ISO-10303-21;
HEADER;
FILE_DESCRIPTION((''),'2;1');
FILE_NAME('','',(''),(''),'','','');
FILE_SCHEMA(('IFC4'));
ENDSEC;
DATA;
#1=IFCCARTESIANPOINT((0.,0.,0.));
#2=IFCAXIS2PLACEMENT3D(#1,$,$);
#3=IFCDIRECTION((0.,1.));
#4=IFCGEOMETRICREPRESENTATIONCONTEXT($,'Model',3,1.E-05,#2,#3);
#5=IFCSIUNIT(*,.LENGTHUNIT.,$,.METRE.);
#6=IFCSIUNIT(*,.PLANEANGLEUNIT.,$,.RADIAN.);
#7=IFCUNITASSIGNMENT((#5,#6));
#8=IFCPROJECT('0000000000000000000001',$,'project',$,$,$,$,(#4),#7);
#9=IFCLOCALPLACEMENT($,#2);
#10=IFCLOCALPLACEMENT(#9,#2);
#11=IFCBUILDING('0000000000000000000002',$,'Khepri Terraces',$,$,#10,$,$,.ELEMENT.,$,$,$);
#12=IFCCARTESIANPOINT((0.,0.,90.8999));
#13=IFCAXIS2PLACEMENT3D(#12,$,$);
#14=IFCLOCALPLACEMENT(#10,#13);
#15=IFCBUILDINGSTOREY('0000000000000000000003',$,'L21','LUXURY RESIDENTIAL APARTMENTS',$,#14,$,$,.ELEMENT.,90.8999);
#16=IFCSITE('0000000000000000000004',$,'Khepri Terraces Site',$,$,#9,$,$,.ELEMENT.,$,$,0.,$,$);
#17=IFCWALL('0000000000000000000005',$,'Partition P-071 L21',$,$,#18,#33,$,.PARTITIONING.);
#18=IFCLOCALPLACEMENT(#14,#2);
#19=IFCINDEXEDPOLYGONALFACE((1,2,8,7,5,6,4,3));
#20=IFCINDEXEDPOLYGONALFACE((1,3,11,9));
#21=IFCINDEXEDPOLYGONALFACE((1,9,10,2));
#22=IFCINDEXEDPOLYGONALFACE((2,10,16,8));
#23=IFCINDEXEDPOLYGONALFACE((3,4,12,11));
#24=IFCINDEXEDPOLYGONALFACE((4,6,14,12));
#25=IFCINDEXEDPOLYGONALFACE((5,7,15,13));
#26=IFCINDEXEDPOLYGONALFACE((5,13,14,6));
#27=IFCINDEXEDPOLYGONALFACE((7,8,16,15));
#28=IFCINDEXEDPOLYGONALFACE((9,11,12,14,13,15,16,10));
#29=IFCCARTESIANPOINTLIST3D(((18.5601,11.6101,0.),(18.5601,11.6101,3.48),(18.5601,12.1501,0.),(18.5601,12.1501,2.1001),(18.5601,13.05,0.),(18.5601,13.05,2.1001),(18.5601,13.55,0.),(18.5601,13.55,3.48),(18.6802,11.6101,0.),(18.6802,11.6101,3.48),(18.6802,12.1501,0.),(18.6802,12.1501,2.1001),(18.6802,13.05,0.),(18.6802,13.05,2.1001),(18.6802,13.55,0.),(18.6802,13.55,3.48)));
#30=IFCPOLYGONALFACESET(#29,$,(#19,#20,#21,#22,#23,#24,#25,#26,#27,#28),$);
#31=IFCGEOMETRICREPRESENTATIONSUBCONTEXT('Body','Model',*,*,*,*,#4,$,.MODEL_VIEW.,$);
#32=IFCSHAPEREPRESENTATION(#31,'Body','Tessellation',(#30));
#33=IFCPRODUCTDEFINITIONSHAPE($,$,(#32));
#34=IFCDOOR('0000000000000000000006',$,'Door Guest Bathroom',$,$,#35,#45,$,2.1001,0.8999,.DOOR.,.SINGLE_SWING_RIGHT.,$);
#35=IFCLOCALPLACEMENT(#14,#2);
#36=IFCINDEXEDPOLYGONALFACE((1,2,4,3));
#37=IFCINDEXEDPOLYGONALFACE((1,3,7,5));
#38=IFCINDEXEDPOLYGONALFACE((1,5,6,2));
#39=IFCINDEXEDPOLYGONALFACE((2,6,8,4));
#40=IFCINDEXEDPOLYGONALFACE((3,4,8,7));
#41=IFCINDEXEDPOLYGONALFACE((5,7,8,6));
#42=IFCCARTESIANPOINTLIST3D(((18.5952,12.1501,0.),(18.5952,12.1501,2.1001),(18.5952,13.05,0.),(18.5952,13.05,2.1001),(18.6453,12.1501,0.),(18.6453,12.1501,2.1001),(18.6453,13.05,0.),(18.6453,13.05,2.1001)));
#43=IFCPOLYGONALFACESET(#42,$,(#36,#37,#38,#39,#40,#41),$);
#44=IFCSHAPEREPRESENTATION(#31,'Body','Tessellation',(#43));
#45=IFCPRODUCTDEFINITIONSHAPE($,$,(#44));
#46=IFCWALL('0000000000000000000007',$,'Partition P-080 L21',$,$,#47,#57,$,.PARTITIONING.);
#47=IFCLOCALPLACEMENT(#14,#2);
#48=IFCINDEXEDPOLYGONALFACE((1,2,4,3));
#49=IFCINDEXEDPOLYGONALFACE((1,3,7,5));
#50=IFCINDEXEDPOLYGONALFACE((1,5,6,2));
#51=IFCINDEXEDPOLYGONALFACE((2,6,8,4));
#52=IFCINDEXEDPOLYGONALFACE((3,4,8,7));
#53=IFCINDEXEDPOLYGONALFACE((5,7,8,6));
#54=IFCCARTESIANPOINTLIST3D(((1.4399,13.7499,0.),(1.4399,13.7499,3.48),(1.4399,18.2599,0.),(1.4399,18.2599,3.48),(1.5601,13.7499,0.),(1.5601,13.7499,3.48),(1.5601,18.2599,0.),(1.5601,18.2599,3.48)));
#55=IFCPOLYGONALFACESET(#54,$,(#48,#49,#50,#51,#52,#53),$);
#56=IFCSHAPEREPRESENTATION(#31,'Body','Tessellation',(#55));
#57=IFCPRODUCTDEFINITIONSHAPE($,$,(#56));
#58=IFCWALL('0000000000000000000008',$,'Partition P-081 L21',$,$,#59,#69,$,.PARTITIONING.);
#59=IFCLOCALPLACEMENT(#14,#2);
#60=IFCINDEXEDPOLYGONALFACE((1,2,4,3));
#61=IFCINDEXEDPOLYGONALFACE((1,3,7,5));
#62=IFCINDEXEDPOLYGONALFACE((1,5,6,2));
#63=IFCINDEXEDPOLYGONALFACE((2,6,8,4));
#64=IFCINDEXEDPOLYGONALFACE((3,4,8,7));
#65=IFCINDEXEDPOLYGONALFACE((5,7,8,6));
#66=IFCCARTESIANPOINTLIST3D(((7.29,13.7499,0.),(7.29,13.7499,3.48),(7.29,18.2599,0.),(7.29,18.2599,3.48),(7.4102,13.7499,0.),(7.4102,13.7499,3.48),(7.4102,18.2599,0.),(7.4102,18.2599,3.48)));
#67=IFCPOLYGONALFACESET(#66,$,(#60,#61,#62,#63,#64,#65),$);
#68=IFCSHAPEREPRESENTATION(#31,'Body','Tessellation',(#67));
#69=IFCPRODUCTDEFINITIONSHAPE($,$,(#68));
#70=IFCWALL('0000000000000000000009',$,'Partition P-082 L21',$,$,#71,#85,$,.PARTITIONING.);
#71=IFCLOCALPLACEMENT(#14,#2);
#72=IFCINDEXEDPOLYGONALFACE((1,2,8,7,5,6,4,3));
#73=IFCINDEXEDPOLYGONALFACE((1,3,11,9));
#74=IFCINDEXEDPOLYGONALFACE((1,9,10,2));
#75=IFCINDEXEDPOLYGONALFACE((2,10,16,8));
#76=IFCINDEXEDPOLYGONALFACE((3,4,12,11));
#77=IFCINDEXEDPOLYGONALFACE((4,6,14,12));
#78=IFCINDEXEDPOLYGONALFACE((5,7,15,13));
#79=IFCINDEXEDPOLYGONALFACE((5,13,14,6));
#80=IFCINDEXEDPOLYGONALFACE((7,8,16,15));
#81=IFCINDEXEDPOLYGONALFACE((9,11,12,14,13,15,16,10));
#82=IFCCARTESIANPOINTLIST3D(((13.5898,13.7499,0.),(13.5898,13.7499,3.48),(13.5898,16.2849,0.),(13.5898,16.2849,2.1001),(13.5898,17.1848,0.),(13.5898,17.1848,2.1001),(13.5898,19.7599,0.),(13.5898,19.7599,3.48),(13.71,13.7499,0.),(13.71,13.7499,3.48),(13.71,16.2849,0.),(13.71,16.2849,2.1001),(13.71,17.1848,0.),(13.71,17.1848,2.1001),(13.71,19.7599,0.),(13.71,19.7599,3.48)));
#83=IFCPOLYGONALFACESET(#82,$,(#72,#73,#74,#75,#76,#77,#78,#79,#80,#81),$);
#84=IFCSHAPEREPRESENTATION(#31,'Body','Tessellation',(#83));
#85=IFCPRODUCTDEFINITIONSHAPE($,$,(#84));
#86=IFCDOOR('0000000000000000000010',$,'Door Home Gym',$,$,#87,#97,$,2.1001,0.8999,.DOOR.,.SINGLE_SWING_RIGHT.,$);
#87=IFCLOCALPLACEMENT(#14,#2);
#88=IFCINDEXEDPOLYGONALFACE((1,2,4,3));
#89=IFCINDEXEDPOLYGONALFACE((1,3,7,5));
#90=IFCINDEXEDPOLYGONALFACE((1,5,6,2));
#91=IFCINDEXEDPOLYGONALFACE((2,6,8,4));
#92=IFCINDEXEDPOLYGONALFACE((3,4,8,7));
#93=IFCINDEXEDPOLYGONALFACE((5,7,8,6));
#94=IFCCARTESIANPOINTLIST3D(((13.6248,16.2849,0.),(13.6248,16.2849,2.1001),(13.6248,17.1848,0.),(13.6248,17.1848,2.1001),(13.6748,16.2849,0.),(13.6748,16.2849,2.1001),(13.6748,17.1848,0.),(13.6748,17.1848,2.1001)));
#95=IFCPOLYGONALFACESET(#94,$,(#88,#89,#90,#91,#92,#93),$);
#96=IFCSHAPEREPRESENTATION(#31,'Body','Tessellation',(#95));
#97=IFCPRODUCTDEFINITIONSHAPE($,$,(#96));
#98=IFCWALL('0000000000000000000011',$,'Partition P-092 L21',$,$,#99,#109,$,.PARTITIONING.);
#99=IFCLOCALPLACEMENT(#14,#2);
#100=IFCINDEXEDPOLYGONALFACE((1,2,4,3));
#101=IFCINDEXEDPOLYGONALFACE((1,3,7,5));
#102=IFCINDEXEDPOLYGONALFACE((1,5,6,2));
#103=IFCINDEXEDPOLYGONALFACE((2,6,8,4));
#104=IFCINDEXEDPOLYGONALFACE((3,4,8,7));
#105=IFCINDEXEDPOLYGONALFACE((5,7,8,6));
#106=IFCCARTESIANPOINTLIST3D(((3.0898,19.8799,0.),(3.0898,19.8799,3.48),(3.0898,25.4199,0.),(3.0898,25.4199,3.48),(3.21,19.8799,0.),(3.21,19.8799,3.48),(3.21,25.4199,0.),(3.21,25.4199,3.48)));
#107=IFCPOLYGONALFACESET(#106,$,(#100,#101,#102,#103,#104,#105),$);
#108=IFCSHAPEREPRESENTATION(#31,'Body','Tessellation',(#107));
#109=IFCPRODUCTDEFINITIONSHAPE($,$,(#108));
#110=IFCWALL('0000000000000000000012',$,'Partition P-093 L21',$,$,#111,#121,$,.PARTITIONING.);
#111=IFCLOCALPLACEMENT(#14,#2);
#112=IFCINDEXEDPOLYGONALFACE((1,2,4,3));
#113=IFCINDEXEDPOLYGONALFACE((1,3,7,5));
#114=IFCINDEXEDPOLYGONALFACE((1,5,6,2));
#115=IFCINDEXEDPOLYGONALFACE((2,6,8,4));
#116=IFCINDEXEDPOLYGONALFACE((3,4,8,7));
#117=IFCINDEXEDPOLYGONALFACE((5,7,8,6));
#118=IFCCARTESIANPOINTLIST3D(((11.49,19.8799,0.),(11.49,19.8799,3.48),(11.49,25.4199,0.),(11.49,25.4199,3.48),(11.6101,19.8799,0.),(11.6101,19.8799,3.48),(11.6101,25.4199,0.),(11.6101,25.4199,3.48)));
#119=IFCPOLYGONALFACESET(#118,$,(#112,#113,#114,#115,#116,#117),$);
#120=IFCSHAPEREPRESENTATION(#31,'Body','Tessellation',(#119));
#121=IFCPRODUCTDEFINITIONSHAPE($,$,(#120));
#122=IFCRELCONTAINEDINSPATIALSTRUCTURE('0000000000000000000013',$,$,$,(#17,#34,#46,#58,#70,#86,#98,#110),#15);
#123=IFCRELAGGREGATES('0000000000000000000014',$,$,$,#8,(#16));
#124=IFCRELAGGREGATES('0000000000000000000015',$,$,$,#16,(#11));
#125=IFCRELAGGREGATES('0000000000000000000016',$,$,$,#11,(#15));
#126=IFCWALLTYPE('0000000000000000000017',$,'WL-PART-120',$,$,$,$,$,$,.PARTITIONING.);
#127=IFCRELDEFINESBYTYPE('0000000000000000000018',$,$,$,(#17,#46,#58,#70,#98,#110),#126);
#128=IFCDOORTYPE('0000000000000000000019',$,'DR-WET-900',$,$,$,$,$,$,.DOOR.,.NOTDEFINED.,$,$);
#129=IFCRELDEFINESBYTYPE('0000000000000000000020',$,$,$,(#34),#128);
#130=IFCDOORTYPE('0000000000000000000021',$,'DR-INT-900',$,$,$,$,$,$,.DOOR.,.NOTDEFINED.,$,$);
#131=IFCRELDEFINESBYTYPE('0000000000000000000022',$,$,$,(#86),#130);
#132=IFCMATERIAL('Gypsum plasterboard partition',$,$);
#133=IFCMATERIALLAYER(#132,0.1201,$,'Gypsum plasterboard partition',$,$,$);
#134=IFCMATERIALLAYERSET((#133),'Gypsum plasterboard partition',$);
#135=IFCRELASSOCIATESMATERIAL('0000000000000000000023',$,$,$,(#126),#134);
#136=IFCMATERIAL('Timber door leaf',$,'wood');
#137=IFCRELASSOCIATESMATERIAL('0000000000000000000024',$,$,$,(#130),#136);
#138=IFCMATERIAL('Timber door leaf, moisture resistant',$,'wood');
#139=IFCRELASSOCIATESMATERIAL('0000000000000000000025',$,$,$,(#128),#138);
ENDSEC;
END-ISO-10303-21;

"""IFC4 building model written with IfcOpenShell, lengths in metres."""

from ifc_helpers import new_model, si_unit, direction, frame, frame_2d, origin, place, context, subcontext, project, spatial, rectangle, extrude, material, layer, layer_set, type_object, element, fill, save


model = new_model("IFC4")

# Units and contexts
model_context = context("Model", 3, precision=1e-05, world=origin(), true_north=direction((0.0, 1.0)))
body_context = subcontext(model_context, "Body", "Model", "MODEL_VIEW")
ifc_project = project(units=[si_unit("LENGTHUNIT", "METRE"), si_unit("PLANEANGLEUNIT", "RADIAN")], contexts=[model_context])

# Site, building, storey
site_placement = place(None, origin())
site = spatial("IfcSite", under=ifc_project, at=site_placement, Name="Khepri Terraces Site", CompositionType="ELEMENT", RefElevation=0.0)
building_placement = place(site_placement, origin())
building = spatial("IfcBuilding", under=site, at=building_placement, Name="Khepri Terraces", CompositionType="ELEMENT")
storey_placement = place(building_placement, frame((0.0, 0.0, 90.8999)))
storey = spatial("IfcBuildingStorey", under=building, at=storey_placement, Name="L21", Description="LUXURY RESIDENTIAL APARTMENTS", CompositionType="ELEMENT", Elevation=90.8999)

# Shared definitions
ifc_material_1 = material(Name="Gypsum plasterboard partition")
ifc_layer_1 = layer(ifc_material_1, 0.1201, Name="Gypsum plasterboard partition")
ifc_layer_set_1 = layer_set([ifc_layer_1], Name="Gypsum plasterboard partition")
wall_type_1 = type_object("IfcWallType", Name="WL-PART-120", PredefinedType="PARTITIONING", material=ifc_layer_set_1)

# Shared definitions
ifc_material_2 = material(Name="Timber door leaf", Category="wood")
door_type_1 = type_object("IfcDoorType", Name="DR-INT-900", OperationType="NOTDEFINED", PredefinedType="DOOR", material=ifc_material_2)

# Wall, opening, door
wall_1_placement = place(storey_placement, frame((18.6201, 11.6101, 0.0), z_axis=(0.0, 0.0, 1.0), x_axis=(0.0, 1.0, 0.0)))
wall_1 = element("IfcWall", 1, at=wall_1_placement, inside=storey, type_object=wall_type_1, Name="Partition P-071 L21", PredefinedType="PARTITIONING", context=body_context, shape_type="SweptSolid", body=[
    extrude(rectangle(XDim=1.9399, YDim=0.1201, at=frame_2d((0.97, 0.0))), origin(), (0.0, 0.0, 1.0), 3.48),
])
opening_1_placement = place(wall_1_placement, frame((0.54, 0.0, 0.0)))
opening_1 = element("IfcOpeningElement", 2, at=opening_1_placement, cuts=wall_1, PredefinedType="OPENING", context=body_context, shape_type="SweptSolid", body=[
    extrude(rectangle(XDim=0.8999, YDim=2.1001, at=frame_2d((0.45, 1.05))), frame((0.0, 0.0701, 0.0), z_axis=(0.0, -1.0, 0.0), x_axis=(1.0, 0.0, 0.0)), (0.0, 0.0, 1.0), 0.1401),
])
ifc_material_3 = material(Name="Timber door leaf, moisture resistant", Category="wood")
door_type_2 = type_object("IfcDoorType", Name="DR-WET-900", OperationType="NOTDEFINED", PredefinedType="DOOR", material=ifc_material_3)
door_1_placement = place(opening_1_placement, origin())
door_1 = element("IfcDoor", 3, at=door_1_placement, inside=storey, type_object=door_type_2, Name="Door Guest Bathroom", OperationType="SINGLE_SWING_RIGHT", OverallHeight=2.1001, OverallWidth=0.8999, PredefinedType="DOOR", context=body_context, shape_type="SweptSolid", body=[
    extrude(rectangle(XDim=0.8999, YDim=2.1001, at=frame_2d((0.45, 1.05))), frame((0.0, 0.0249, 0.0), z_axis=(0.0, -1.0, 0.0), x_axis=(1.0, 0.0, 0.0)), (0.0, 0.0, 1.0), 0.05),
])
fill(opening_1, door_1)

# Walls
for number, where, z_axis, x_axis, name in (
    (4, (1.5, 13.75, 0.0), (0.0, 0.0, 1.0), (0.0, 1.0, 0.0), "Partition P-080 L21"),
    (5, (7.3501, 13.75, 0.0), (0.0, 0.0, 1.0), (0.0, 1.0, 0.0), "Partition P-081 L21"),
):
    element("IfcWall", number, at=place(storey_placement, frame(where, z_axis=z_axis, x_axis=x_axis)), inside=storey, type_object=wall_type_1, Name=name, PredefinedType="PARTITIONING", context=body_context, shape_type="SweptSolid", body=[
        extrude(rectangle(XDim=4.51, YDim=0.1201, at=frame_2d((2.2549, 0.0))), origin(), (0.0, 0.0, 1.0), 3.48),
    ])

# Wall, opening, door
wall_2_placement = place(storey_placement, frame((13.6499, 13.75, 0.0), z_axis=(0.0, 0.0, 1.0), x_axis=(0.0, 1.0, 0.0)))
wall_2 = element("IfcWall", 6, at=wall_2_placement, inside=storey, type_object=wall_type_1, Name="Partition P-082 L21", PredefinedType="PARTITIONING", context=body_context, shape_type="SweptSolid", body=[
    extrude(rectangle(XDim=6.01, YDim=0.1201, at=frame_2d((3.0049, 0.0))), origin(), (0.0, 0.0, 1.0), 3.48),
])
opening_2_placement = place(wall_2_placement, frame((2.5349, 0.0, 0.0)))
opening_2 = element("IfcOpeningElement", 7, at=opening_2_placement, cuts=wall_2, PredefinedType="OPENING", context=body_context, shape_type="SweptSolid", body=[
    extrude(rectangle(XDim=0.8999, YDim=2.1001, at=frame_2d((0.45, 1.05))), frame((0.0, 0.0701, 0.0), z_axis=(0.0, -1.0, 0.0), x_axis=(1.0, 0.0, 0.0)), (0.0, 0.0, 1.0), 0.1401),
])
door_2_placement = place(opening_2_placement, frame((0.8999, 0.0, 0.0), z_axis=(0.0, 0.0, 1.0), x_axis=(-1.0, 0.0, 0.0)))
door_2 = element("IfcDoor", 8, at=door_2_placement, inside=storey, type_object=door_type_1, Name="Door Home Gym", OperationType="SINGLE_SWING_RIGHT", OverallHeight=2.1001, OverallWidth=0.8999, PredefinedType="DOOR", context=body_context, shape_type="SweptSolid", body=[
    extrude(rectangle(XDim=0.8999, YDim=2.1001, at=frame_2d((0.45, 1.05))), frame((0.0, 0.0249, 0.0), z_axis=(0.0, -1.0, 0.0), x_axis=(1.0, 0.0, 0.0)), (0.0, 0.0, 1.0), 0.05),
])
fill(opening_2, door_2)

# Walls
for number, where, z_axis, x_axis, name in (
    (9, (3.1499, 19.8799, 0.0), (0.0, 0.0, 1.0), (0.0, 1.0, 0.0), "Partition P-092 L21"),
    (10, (11.55, 19.8799, 0.0), (0.0, 0.0, 1.0), (0.0, 1.0, 0.0), "Partition P-093 L21"),
):
    element("IfcWall", number, at=place(storey_placement, frame(where, z_axis=z_axis, x_axis=x_axis)), inside=storey, type_object=wall_type_1, Name=name, PredefinedType="PARTITIONING", context=body_context, shape_type="SweptSolid", body=[
        extrude(rectangle(XDim=5.54, YDim=0.1201, at=frame_2d((2.77, 0.0))), origin(), (0.0, 0.0, 1.0), 3.48),
    ])

save(model, "model.ifc")
